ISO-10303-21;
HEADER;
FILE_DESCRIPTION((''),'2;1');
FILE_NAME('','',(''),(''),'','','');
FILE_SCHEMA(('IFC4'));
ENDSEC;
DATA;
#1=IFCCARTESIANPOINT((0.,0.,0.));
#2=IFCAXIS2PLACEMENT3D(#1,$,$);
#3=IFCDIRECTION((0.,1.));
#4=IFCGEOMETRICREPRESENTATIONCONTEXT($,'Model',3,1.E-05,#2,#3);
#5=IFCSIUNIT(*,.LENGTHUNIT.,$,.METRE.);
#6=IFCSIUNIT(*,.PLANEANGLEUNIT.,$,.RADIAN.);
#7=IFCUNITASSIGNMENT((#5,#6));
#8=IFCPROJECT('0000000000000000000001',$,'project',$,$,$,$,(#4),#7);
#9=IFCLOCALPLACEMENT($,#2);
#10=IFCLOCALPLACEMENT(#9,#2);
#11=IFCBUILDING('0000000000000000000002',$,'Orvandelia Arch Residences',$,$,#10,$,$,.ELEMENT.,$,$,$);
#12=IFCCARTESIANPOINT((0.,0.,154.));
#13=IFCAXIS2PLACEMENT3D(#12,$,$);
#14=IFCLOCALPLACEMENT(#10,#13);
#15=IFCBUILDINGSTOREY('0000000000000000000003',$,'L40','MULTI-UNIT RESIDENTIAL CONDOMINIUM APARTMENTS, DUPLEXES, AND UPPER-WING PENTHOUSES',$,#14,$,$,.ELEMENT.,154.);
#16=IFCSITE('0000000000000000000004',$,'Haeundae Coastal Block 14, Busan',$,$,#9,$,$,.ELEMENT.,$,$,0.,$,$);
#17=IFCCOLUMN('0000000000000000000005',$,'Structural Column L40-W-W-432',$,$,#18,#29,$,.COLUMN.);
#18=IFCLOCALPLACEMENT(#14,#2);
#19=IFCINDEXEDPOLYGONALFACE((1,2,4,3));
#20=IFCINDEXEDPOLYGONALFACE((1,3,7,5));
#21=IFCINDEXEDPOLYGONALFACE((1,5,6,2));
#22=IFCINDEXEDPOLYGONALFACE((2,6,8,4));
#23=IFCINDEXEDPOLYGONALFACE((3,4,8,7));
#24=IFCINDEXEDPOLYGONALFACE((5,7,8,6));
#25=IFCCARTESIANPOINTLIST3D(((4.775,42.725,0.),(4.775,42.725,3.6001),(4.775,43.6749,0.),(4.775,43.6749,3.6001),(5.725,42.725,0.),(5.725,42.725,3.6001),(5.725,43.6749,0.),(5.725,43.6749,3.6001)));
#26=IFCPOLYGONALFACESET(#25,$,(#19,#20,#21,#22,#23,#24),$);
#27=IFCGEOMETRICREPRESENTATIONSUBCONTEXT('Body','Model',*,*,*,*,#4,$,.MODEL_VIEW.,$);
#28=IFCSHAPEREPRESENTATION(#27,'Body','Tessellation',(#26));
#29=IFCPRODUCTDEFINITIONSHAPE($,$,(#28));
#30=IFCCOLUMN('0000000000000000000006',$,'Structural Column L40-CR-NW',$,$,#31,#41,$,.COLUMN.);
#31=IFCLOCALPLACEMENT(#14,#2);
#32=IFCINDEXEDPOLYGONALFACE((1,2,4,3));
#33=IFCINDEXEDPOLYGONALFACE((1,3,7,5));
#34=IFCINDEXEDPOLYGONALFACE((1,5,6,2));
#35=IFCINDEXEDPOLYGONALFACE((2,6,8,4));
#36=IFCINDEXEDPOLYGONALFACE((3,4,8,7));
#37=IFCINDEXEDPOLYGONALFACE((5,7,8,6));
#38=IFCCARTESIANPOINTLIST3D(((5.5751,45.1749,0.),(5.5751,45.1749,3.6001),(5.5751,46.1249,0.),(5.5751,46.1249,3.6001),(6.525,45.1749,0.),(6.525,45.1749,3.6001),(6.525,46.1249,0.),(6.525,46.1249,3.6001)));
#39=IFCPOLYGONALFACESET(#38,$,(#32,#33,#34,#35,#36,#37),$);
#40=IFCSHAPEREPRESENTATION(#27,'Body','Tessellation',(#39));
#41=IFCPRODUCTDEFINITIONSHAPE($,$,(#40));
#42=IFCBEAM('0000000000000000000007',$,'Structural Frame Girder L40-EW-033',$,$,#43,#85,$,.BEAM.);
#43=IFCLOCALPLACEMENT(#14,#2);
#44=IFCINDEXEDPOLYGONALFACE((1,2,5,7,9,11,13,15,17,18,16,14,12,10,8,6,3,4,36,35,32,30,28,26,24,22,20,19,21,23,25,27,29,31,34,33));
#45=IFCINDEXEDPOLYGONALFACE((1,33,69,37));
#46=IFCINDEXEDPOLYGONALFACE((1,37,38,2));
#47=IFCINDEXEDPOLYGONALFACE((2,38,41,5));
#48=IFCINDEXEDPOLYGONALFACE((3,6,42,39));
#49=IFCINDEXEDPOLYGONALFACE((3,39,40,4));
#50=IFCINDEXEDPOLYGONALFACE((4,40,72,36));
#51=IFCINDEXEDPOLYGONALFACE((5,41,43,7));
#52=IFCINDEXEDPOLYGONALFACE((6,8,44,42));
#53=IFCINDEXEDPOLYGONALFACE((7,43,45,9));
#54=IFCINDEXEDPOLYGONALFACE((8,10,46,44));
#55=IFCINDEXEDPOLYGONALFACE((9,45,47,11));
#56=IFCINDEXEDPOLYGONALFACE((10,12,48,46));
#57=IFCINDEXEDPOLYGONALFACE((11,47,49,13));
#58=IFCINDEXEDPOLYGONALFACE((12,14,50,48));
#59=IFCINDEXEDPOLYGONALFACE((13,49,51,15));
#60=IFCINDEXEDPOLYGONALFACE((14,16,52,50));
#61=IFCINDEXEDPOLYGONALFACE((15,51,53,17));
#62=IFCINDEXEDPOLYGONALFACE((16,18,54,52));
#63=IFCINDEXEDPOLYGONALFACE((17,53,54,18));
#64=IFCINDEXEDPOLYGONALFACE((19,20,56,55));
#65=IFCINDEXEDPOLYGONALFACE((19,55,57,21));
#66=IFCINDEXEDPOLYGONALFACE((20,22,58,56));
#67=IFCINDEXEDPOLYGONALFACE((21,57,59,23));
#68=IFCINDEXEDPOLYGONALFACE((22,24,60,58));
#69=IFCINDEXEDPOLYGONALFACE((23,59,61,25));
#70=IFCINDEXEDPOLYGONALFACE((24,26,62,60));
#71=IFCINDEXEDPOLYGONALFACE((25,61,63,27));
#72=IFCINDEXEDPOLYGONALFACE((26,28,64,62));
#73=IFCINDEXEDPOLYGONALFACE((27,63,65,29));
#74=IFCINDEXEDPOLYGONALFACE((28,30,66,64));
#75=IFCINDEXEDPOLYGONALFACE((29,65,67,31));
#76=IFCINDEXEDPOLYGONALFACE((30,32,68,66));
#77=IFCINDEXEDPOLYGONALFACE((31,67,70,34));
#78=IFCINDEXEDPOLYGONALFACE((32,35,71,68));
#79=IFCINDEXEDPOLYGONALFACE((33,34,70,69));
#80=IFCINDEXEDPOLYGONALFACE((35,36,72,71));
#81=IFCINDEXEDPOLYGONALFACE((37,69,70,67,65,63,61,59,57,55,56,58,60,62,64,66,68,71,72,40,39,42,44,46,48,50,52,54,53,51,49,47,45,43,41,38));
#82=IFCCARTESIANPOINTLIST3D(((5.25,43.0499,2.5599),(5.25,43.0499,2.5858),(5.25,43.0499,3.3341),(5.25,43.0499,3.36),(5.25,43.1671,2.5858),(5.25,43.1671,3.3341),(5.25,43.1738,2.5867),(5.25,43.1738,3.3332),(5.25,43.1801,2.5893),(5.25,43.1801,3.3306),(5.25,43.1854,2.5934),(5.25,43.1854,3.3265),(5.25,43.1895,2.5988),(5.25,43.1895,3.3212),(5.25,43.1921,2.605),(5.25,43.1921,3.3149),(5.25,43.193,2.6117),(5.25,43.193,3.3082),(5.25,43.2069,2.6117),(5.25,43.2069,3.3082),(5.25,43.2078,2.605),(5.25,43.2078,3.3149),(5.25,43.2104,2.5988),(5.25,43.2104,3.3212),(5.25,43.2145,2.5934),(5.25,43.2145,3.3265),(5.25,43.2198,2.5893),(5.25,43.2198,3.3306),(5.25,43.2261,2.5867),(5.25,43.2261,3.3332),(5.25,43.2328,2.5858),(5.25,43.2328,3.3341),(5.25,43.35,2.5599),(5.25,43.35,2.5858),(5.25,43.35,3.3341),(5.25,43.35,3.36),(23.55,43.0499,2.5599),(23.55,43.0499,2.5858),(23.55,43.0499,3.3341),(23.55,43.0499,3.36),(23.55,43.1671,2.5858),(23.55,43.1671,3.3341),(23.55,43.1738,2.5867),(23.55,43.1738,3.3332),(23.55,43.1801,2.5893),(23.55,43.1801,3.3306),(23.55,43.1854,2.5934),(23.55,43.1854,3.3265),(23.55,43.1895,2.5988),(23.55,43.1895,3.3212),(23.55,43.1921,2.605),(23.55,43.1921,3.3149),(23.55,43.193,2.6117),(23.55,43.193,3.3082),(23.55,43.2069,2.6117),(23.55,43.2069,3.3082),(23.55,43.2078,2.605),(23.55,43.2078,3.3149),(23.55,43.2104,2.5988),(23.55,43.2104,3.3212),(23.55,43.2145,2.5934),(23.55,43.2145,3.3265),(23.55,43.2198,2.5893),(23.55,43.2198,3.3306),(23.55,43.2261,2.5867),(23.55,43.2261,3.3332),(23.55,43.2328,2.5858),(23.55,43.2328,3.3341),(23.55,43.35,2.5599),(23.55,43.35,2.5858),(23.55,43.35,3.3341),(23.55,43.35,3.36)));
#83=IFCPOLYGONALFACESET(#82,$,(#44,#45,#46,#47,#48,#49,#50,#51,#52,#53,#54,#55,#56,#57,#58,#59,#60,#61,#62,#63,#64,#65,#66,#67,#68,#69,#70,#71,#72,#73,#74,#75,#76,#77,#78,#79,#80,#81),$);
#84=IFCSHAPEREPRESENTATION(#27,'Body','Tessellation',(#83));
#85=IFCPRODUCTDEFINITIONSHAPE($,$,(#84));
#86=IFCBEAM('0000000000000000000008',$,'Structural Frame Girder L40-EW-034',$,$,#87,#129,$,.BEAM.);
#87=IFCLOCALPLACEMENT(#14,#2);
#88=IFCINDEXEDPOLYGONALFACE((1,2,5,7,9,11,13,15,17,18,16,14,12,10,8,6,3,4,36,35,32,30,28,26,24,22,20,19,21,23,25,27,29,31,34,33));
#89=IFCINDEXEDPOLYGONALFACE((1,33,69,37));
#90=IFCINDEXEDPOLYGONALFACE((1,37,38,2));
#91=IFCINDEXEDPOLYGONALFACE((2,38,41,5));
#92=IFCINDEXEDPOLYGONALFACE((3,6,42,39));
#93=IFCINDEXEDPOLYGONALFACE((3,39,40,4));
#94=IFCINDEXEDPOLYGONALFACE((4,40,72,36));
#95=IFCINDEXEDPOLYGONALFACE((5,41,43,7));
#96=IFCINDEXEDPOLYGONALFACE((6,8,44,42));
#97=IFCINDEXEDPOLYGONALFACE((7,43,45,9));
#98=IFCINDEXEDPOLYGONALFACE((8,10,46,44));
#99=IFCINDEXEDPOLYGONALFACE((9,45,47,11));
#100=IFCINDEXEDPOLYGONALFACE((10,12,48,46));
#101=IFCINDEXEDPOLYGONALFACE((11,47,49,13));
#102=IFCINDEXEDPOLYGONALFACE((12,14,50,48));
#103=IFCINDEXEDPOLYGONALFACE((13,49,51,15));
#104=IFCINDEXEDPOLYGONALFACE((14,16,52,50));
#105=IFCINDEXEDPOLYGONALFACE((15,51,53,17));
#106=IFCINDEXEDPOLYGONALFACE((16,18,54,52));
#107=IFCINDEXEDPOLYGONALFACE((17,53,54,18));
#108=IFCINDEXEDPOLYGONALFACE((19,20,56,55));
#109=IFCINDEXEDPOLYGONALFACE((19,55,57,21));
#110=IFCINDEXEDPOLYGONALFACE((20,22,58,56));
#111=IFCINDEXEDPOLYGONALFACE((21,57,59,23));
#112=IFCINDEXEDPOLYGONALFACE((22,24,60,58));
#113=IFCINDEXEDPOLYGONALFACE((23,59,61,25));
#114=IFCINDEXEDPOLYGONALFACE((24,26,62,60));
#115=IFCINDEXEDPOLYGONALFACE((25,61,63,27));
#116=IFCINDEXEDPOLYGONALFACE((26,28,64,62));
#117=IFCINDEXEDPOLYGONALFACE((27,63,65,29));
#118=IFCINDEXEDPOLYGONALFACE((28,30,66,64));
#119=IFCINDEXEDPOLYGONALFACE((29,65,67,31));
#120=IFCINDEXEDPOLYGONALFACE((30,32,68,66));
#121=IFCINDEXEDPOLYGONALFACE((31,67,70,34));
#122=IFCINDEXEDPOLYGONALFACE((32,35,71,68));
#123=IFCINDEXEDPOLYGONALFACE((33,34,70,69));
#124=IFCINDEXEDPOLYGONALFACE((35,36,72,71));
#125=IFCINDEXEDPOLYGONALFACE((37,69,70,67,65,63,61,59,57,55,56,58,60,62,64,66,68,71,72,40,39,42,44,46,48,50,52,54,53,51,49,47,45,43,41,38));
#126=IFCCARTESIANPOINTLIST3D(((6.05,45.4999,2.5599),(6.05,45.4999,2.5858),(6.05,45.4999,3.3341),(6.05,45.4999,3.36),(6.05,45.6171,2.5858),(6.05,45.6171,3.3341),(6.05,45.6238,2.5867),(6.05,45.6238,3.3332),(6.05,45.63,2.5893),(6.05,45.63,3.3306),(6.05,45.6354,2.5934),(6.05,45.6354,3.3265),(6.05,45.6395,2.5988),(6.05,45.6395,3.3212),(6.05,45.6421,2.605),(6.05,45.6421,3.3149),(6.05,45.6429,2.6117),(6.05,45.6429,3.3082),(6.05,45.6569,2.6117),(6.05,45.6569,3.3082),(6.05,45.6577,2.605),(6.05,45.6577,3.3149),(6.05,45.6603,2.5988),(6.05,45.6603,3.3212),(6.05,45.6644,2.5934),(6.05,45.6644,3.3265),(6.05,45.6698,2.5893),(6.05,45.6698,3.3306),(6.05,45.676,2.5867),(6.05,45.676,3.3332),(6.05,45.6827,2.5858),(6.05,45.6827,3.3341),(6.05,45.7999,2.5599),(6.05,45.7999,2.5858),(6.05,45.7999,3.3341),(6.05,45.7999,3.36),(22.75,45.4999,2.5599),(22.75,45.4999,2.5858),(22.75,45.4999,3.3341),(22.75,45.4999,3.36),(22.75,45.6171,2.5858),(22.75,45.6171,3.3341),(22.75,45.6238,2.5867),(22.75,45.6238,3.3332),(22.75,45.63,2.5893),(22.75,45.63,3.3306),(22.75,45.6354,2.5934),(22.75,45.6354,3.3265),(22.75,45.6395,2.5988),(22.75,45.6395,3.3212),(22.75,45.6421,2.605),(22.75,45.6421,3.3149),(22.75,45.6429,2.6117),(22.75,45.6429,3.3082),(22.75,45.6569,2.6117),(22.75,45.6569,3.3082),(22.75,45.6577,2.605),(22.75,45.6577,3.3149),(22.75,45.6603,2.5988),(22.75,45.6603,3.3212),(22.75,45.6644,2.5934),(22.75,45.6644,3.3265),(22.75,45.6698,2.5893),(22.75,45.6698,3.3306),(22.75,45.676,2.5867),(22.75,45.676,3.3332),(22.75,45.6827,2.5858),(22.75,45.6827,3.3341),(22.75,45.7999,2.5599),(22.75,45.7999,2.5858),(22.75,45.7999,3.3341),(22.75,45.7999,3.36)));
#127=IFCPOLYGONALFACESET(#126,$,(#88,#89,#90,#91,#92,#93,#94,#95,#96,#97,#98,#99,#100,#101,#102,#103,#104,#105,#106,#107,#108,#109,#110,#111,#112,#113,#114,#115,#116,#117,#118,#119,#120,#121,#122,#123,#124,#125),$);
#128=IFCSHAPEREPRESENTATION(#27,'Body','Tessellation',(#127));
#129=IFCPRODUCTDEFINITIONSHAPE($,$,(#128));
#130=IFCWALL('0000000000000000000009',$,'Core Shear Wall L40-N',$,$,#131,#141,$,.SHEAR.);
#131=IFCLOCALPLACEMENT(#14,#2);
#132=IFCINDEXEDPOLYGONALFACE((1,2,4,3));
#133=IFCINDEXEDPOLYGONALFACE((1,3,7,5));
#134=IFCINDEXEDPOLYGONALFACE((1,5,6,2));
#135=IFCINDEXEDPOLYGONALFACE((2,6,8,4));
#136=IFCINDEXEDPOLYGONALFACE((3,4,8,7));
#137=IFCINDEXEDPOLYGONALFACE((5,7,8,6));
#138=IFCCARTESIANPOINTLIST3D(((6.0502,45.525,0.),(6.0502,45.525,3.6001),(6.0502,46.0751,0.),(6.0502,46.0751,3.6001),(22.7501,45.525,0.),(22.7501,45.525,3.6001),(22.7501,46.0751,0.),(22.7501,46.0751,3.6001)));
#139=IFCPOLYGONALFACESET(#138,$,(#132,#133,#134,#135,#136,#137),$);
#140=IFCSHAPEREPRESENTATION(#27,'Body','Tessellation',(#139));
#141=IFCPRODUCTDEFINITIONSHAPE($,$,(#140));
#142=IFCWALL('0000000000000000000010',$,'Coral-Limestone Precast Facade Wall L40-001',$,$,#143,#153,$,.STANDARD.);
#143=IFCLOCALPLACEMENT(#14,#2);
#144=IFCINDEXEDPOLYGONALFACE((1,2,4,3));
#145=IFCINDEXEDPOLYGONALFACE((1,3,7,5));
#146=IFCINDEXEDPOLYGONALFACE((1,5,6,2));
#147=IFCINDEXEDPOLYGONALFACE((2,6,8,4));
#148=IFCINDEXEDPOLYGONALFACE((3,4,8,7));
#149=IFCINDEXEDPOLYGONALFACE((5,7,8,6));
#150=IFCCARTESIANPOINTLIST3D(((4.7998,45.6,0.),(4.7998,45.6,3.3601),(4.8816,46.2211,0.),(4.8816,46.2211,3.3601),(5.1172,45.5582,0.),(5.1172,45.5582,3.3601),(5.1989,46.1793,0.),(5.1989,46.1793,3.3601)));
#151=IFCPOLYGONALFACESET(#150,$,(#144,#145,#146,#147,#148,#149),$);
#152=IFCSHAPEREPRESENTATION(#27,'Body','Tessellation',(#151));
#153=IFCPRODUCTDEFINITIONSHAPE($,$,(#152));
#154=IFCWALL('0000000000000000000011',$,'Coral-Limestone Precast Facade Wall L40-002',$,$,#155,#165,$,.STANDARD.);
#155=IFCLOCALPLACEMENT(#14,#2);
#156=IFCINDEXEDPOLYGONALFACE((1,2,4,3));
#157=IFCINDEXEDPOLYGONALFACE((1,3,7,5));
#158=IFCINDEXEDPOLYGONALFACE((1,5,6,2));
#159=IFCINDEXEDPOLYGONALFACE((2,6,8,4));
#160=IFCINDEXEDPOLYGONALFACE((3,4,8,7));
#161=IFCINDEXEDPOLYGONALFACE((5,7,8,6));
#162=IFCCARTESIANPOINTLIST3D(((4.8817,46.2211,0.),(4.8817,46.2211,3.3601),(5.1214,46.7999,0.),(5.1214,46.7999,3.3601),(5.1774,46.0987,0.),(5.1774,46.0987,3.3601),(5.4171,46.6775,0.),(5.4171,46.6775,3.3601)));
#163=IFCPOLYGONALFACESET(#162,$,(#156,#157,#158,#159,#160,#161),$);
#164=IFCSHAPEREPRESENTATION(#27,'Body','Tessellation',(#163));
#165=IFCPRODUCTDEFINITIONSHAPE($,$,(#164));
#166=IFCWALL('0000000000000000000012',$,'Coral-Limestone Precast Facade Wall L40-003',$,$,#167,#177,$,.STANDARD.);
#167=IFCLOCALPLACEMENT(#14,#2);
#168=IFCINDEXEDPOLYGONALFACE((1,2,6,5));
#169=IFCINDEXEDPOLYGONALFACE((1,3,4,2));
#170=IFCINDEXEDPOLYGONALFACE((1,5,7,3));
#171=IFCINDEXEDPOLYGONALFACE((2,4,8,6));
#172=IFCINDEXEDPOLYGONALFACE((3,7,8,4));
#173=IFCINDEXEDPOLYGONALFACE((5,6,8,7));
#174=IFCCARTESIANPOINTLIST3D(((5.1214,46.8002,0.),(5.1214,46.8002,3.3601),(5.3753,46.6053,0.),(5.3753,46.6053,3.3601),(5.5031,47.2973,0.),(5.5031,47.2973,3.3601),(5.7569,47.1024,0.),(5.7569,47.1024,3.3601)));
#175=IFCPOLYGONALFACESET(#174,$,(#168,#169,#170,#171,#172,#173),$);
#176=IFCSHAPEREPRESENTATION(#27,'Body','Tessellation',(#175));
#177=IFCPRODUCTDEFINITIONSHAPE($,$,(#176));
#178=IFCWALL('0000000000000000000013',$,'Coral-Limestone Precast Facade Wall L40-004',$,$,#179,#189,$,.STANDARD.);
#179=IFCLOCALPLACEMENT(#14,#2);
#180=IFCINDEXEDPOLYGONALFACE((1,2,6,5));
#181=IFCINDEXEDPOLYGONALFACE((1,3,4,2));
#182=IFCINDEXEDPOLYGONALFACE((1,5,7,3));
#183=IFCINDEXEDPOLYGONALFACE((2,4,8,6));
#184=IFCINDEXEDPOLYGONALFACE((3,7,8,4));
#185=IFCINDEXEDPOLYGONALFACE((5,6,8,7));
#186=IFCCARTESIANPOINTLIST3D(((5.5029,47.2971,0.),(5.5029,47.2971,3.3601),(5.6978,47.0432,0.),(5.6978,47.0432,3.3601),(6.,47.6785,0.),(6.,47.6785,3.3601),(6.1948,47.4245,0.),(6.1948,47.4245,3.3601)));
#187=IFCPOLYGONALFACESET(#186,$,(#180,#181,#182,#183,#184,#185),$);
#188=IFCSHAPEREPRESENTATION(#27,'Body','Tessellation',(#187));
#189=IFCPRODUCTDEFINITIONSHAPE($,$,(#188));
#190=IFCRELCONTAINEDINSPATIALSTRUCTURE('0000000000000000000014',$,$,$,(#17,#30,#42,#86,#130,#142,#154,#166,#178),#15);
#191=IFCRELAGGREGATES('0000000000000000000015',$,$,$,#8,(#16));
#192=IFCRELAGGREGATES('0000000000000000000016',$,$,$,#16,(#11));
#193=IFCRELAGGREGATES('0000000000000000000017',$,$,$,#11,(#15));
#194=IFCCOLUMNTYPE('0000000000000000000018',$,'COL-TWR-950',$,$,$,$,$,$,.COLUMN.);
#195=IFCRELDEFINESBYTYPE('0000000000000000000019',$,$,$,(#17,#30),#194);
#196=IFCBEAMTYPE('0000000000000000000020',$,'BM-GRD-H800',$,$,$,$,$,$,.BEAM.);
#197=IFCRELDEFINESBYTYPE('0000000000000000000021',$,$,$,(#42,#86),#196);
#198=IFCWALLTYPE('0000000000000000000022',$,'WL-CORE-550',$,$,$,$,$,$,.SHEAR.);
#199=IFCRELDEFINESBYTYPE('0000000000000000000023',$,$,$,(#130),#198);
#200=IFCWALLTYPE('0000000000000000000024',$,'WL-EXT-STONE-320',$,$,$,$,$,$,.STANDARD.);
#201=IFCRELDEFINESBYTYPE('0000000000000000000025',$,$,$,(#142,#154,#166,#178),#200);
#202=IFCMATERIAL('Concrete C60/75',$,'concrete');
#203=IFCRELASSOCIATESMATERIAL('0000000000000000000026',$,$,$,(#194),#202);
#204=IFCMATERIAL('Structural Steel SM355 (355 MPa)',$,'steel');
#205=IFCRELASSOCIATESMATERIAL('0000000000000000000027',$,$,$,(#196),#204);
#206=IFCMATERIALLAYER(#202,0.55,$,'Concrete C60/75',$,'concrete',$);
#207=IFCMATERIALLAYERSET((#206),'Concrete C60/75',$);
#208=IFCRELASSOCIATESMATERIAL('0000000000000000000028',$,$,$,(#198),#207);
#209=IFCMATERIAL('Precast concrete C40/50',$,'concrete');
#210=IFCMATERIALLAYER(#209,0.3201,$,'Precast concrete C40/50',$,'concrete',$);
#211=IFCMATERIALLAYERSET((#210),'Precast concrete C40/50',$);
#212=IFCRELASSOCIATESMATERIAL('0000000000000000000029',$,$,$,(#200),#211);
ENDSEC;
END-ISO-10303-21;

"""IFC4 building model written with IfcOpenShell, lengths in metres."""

from ifc_helpers import new_model, si_unit, direction, frame, frame_2d, origin, origin_2d, place, context, subcontext, project, spatial, rectangle, i_section, extrude, material, layer, layer_set, material_profile, profile_set, type_object, element, save


model = new_model("IFC4")

# Units and contexts
model_context = context("Model", 3, precision=1e-05, world=origin(), true_north=direction((0.0, 1.0)))
body_context = subcontext(model_context, "Body", "Model", "MODEL_VIEW")
ifc_project = project(units=[si_unit("LENGTHUNIT", "METRE"), si_unit("PLANEANGLEUNIT", "RADIAN")], contexts=[model_context])

# Site, building, storey
site_placement = place(None, origin())
site = spatial("IfcSite", under=ifc_project, at=site_placement, Name="Haeundae Coastal Block 14, Busan", CompositionType="ELEMENT", RefElevation=0.0)
building_placement = place(site_placement, origin())
building = spatial("IfcBuilding", under=site, at=building_placement, Name="Orvandelia Arch Residences", CompositionType="ELEMENT")
storey_placement = place(building_placement, frame((0.0, 0.0, 154.0)))
storey = spatial("IfcBuildingStorey", under=building, at=storey_placement, Name="L40", Description="MULTI-UNIT RESIDENTIAL CONDOMINIUM APARTMENTS, DUPLEXES, AND UPPER-WING PENTHOUSES", CompositionType="ELEMENT", Elevation=154.0)

# Columns
ifc_material_1 = material(Name="Concrete C60/75", Category="concrete")
ifc_material_profile_1 = material_profile(ifc_material_1, rectangle(XDim=0.95, YDim=0.95, at=origin_2d()), Name="Concrete C60/75", Category="concrete")
ifc_profile_set_1 = profile_set([ifc_material_profile_1], Name="Concrete C60/75")
column_type = type_object("IfcColumnType", Name="COL-TWR-950", PredefinedType="COLUMN", material=ifc_profile_set_1)
for number, where, z_axis, x_axis, name in (
    (1, (5.25, 43.2, 0.0), (0.0, 0.0, 1.0), (1.0, 0.0, 0.0), "Structural Column L40-W-W-432"),
    (2, (6.05, 45.6499, 0.0), (0.0, 0.0, 1.0), (1.0, 0.0, 0.0), "Structural Column L40-CR-NW"),
):
    element("IfcColumn", number, at=place(storey_placement, frame(where, z_axis=z_axis, x_axis=x_axis)), inside=storey, type_object=column_type, Name=name, PredefinedType="COLUMN", context=body_context, shape_type="SweptSolid", body=[
        extrude(rectangle(XDim=0.95, YDim=0.95, at=origin_2d()), origin(), (0.0, 0.0, 1.0), 3.6001),
    ])

# Beams
ifc_material_2 = material(Name="Structural Steel SM355 (355 MPa)", Category="steel")
ifc_material_profile_2 = material_profile(ifc_material_2, i_section(OverallWidth=0.3, OverallDepth=0.8, WebThickness=0.0139, FlangeThickness=0.0259, FilletRadius=0.0259, at=origin_2d()), Name="Structural Steel SM355 (355 MPa)", Category="steel")
ifc_profile_set_2 = profile_set([ifc_material_profile_2], Name="Structural Steel SM355 (355 MPa)")
beam_type = type_object("IfcBeamType", Name="BM-GRD-H800", PredefinedType="BEAM", material=ifc_profile_set_2)
beam_1_placement = place(storey_placement, frame((5.25, 43.2, 2.96), z_axis=(1.0, 0.0, 0.0), x_axis=(0.0, 1.0, 0.0)))
element("IfcBeam", 3, at=beam_1_placement, inside=storey, type_object=beam_type, Name="Structural Frame Girder L40-EW-033", PredefinedType="BEAM", context=body_context, shape_type="SweptSolid", body=[
    extrude(i_section(OverallWidth=0.3, OverallDepth=0.8, WebThickness=0.0139, FlangeThickness=0.0259, FilletRadius=0.0259, at=origin_2d()), origin(), (0.0, 0.0, 1.0), 18.3),
])
beam_2_placement = place(storey_placement, frame((6.05, 45.6499, 2.96), z_axis=(1.0, 0.0, 0.0), x_axis=(0.0, 1.0, 0.0)))
element("IfcBeam", 4, at=beam_2_placement, inside=storey, type_object=beam_type, Name="Structural Frame Girder L40-EW-034", PredefinedType="BEAM", context=body_context, shape_type="SweptSolid", body=[
    extrude(i_section(OverallWidth=0.3, OverallDepth=0.8, WebThickness=0.0139, FlangeThickness=0.0259, FilletRadius=0.0259, at=origin_2d()), origin(), (0.0, 0.0, 1.0), 16.7),
])

# Walls
ifc_layer_1 = layer(ifc_material_1, 0.55, Name="Concrete C60/75", Category="concrete")
ifc_layer_set_1 = layer_set([ifc_layer_1], Name="Concrete C60/75")
wall_type_1 = type_object("IfcWallType", Name="WL-CORE-550", PredefinedType="SHEAR", material=ifc_layer_set_1)
wall_1_placement = place(storey_placement, frame((6.05, 45.8, 0.0), z_axis=(0.0, 0.0, 1.0), x_axis=(1.0, 0.0, 0.0)))
element("IfcWall", 5, at=wall_1_placement, inside=storey, type_object=wall_type_1, Name="Core Shear Wall L40-N", PredefinedType="SHEAR", context=body_context, shape_type="SweptSolid", body=[
    extrude(rectangle(XDim=16.7, YDim=0.55, at=frame_2d((8.3501, 0.0))), origin(), (0.0, 0.0, 1.0), 3.6001),
])
ifc_material_3 = material(Name="Precast concrete C40/50", Category="concrete")
ifc_layer_2 = layer(ifc_material_3, 0.3201, Name="Precast concrete C40/50", Category="concrete")
ifc_layer_set_2 = layer_set([ifc_layer_2], Name="Precast concrete C40/50")
wall_type_2 = type_object("IfcWallType", Name="WL-EXT-STONE-320", PredefinedType="STANDARD", material=ifc_layer_set_2)
for number, where, z_axis, x_axis, name in (
    (6, (4.9585, 45.5791, 0.0), (0.0, 0.0, 1.0), (0.130555, 0.991441, 0.0), "Coral-Limestone Precast Facade Wall L40-001"),
    (7, (5.0295, 46.1599, 0.0), (0.0, 0.0, 1.0), (0.38265, 0.923893, 0.0), "Coral-Limestone Precast Facade Wall L40-002"),
):
    element("IfcWall", number, at=place(storey_placement, frame(where, z_axis=z_axis, x_axis=x_axis)), inside=storey, type_object=wall_type_2, Name=name, PredefinedType="STANDARD", context=body_context, shape_type="SweptSolid", body=[
        extrude(rectangle(XDim=0.6265, YDim=0.3201, at=frame_2d((0.3132, 0.0))), origin(), (0.0, 0.0, 1.0), 3.3601),
    ])
wall_2_placement = place(storey_placement, frame((5.2483, 46.7026, 0.0), z_axis=(0.0, 0.0, 1.0), x_axis=(0.608939, 0.793217, 0.0)))
element("IfcWall", 8, at=wall_2_placement, inside=storey, type_object=wall_type_2, Name="Coral-Limestone Precast Facade Wall L40-003", PredefinedType="STANDARD", context=body_context, shape_type="SweptSolid", body=[
    extrude(rectangle(XDim=0.6267, YDim=0.3201, at=frame_2d((0.3135, 0.0))), origin(), (0.0, 0.0, 1.0), 3.3601),
])
wall_3_placement = place(storey_placement, frame((5.6003, 47.1702, 0.0), z_axis=(0.0, 0.0, 1.0), x_axis=(0.793406, 0.608693, 0.0)))
element("IfcWall", 9, at=wall_3_placement, inside=storey, type_object=wall_type_2, Name="Coral-Limestone Precast Facade Wall L40-004", PredefinedType="STANDARD", context=body_context, shape_type="SweptSolid", body=[
    extrude(rectangle(XDim=0.6265, YDim=0.3201, at=frame_2d((0.3132, 0.0))), origin(), (0.0, 0.0, 1.0), 3.3601),
])

save(model, "model.ifc")
